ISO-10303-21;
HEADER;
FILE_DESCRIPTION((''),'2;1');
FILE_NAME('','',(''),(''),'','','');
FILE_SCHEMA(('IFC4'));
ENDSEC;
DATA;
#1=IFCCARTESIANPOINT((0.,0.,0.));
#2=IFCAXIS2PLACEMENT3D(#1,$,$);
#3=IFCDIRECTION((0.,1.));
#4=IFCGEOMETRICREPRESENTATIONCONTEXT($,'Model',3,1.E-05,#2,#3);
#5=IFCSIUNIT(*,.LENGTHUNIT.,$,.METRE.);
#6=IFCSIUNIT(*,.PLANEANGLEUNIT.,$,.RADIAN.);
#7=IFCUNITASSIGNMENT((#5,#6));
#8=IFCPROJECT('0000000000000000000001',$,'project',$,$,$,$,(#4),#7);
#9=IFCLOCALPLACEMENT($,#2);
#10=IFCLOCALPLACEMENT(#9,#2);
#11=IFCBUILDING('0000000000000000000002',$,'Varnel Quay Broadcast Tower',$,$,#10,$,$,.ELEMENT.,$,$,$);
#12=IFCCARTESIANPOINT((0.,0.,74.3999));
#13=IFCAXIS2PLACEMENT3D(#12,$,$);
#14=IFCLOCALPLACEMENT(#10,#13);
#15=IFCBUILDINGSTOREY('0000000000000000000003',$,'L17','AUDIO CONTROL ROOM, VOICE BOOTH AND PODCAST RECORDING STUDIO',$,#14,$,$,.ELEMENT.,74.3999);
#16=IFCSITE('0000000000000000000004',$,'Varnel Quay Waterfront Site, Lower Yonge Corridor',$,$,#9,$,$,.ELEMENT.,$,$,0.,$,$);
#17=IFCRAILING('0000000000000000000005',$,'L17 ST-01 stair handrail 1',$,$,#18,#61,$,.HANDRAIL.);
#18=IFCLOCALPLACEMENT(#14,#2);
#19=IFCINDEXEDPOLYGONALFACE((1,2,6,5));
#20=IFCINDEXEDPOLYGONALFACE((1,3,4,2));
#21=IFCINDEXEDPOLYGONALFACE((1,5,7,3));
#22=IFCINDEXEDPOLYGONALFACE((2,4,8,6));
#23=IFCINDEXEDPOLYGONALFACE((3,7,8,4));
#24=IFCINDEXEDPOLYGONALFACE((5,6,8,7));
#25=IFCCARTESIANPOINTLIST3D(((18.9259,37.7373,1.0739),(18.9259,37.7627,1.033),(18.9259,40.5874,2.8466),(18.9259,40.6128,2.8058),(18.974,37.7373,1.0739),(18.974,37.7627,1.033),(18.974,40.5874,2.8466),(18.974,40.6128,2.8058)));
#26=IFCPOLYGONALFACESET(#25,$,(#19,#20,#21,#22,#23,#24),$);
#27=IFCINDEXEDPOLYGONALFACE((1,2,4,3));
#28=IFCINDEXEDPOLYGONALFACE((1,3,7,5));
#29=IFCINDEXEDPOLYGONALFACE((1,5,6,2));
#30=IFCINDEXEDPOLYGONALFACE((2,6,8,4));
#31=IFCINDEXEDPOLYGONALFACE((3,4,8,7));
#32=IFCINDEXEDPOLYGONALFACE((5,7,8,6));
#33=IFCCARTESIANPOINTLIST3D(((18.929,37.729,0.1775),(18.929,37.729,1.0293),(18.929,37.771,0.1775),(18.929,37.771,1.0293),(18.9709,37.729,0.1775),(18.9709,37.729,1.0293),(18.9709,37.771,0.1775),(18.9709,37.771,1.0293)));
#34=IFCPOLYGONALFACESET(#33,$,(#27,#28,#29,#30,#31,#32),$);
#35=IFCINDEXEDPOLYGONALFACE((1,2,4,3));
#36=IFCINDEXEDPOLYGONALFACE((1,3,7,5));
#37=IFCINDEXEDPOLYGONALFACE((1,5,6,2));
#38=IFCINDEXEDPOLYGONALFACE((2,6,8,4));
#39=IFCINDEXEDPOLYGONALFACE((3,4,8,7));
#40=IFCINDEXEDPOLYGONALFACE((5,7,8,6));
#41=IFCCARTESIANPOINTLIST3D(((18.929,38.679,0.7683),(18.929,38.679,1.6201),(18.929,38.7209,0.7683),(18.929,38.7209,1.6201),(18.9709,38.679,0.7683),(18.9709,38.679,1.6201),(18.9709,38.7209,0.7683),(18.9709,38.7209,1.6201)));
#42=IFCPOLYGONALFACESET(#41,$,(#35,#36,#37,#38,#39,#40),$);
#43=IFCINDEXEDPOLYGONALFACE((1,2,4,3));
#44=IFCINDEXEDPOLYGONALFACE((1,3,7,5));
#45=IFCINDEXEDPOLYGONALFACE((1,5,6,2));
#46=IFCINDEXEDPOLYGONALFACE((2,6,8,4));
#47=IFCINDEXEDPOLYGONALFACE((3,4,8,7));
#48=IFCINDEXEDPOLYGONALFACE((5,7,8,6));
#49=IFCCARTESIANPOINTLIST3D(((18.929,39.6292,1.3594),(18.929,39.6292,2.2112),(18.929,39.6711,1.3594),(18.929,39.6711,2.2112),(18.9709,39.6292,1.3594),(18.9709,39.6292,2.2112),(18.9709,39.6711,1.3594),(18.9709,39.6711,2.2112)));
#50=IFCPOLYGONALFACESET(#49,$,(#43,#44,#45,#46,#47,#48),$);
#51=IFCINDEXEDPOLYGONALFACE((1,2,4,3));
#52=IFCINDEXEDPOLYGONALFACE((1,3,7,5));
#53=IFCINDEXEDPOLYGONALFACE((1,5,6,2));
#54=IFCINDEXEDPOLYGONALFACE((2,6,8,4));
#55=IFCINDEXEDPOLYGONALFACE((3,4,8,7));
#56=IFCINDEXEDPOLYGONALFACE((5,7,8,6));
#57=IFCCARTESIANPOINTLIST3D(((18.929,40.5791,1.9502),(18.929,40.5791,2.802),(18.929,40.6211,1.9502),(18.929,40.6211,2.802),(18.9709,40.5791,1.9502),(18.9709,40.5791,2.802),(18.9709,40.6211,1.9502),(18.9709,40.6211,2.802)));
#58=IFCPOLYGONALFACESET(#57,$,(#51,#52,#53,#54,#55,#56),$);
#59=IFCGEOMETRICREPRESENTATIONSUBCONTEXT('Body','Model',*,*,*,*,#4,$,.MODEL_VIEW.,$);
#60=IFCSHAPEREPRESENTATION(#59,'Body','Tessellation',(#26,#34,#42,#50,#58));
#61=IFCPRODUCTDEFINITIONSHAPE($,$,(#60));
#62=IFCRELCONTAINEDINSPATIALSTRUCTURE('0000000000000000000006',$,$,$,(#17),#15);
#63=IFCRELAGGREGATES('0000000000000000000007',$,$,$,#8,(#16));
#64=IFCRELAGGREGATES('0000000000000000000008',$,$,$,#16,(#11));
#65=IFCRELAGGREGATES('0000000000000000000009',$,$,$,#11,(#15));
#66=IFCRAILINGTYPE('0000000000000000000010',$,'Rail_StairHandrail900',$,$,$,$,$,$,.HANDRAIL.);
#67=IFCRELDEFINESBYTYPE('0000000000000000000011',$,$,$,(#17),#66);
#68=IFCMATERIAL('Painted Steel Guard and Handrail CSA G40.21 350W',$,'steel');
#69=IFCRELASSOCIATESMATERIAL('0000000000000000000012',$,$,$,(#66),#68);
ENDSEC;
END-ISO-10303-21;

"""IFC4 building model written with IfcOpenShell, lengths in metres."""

from ifc_helpers import new_model, si_unit, direction, frame, origin, origin_2d, place, context, subcontext, project, spatial, rectangle, extrude, material, type_object, element, save


model = new_model("IFC4")

# Units and contexts
model_context = context("Model", 3, precision=1e-05, world=origin(), true_north=direction((0.0, 1.0)))
body_context = subcontext(model_context, "Body", "Model", "MODEL_VIEW")
ifc_project = project(units=[si_unit("LENGTHUNIT", "METRE"), si_unit("PLANEANGLEUNIT", "RADIAN")], contexts=[model_context])

# Site, building, storey
site_placement = place(None, origin())
site = spatial("IfcSite", under=ifc_project, at=site_placement, Name="Varnel Quay Waterfront Site, Lower Yonge Corridor", CompositionType="ELEMENT", RefElevation=0.0)
building_placement = place(site_placement, origin())
building = spatial("IfcBuilding", under=site, at=building_placement, Name="Varnel Quay Broadcast Tower", CompositionType="ELEMENT")
storey_placement = place(building_placement, frame((0.0, 0.0, 74.3999)))
storey = spatial("IfcBuildingStorey", under=building, at=storey_placement, Name="L17", Description="AUDIO CONTROL ROOM, VOICE BOOTH AND PODCAST RECORDING STUDIO", CompositionType="ELEMENT", Elevation=74.3999)

# Railing
ifc_material_1 = material(Name="Painted Steel Guard and Handrail CSA G40.21 350W", Category="steel")
railing_type_1 = type_object("IfcRailingType", Name="Rail_StairHandrail900", PredefinedType="HANDRAIL", material=ifc_material_1)
railing_1_placement = place(storey_placement, frame((18.95, 37.75, 0.1775)))
element("IfcRailing", 1, at=railing_1_placement, inside=storey, type_object=railing_type_1, Name="L17 ST-01 stair handrail 1", PredefinedType="HANDRAIL", context=body_context, shape_type="SweptSolid", body=[
    extrude(rectangle(XDim=0.0481, YDim=0.0481, at=origin_2d()), frame((0.0, 0.0, 0.876), z_axis=(0.0, 0.849149, 0.528154), x_axis=(-1.0, 0.0, 0.0)), (0.0, 0.0, 1.0), 3.3564),
    extrude(rectangle(XDim=0.042, YDim=0.042, at=origin_2d()), origin(), (0.0, 0.0, 1.0), 0.8518),
    extrude(rectangle(XDim=0.042, YDim=0.042, at=origin_2d()), frame((0.0, 0.95, 0.5908)), (0.0, 0.0, 1.0), 0.8518),
    extrude(rectangle(XDim=0.042, YDim=0.042, at=origin_2d()), frame((0.0, 1.9001, 1.1819)), (0.0, 0.0, 1.0), 0.8518),
    extrude(rectangle(XDim=0.042, YDim=0.042, at=origin_2d()), frame((0.0, 2.8501, 1.7727)), (0.0, 0.0, 1.0), 0.8518),
])

save(model, "model.ifc")
